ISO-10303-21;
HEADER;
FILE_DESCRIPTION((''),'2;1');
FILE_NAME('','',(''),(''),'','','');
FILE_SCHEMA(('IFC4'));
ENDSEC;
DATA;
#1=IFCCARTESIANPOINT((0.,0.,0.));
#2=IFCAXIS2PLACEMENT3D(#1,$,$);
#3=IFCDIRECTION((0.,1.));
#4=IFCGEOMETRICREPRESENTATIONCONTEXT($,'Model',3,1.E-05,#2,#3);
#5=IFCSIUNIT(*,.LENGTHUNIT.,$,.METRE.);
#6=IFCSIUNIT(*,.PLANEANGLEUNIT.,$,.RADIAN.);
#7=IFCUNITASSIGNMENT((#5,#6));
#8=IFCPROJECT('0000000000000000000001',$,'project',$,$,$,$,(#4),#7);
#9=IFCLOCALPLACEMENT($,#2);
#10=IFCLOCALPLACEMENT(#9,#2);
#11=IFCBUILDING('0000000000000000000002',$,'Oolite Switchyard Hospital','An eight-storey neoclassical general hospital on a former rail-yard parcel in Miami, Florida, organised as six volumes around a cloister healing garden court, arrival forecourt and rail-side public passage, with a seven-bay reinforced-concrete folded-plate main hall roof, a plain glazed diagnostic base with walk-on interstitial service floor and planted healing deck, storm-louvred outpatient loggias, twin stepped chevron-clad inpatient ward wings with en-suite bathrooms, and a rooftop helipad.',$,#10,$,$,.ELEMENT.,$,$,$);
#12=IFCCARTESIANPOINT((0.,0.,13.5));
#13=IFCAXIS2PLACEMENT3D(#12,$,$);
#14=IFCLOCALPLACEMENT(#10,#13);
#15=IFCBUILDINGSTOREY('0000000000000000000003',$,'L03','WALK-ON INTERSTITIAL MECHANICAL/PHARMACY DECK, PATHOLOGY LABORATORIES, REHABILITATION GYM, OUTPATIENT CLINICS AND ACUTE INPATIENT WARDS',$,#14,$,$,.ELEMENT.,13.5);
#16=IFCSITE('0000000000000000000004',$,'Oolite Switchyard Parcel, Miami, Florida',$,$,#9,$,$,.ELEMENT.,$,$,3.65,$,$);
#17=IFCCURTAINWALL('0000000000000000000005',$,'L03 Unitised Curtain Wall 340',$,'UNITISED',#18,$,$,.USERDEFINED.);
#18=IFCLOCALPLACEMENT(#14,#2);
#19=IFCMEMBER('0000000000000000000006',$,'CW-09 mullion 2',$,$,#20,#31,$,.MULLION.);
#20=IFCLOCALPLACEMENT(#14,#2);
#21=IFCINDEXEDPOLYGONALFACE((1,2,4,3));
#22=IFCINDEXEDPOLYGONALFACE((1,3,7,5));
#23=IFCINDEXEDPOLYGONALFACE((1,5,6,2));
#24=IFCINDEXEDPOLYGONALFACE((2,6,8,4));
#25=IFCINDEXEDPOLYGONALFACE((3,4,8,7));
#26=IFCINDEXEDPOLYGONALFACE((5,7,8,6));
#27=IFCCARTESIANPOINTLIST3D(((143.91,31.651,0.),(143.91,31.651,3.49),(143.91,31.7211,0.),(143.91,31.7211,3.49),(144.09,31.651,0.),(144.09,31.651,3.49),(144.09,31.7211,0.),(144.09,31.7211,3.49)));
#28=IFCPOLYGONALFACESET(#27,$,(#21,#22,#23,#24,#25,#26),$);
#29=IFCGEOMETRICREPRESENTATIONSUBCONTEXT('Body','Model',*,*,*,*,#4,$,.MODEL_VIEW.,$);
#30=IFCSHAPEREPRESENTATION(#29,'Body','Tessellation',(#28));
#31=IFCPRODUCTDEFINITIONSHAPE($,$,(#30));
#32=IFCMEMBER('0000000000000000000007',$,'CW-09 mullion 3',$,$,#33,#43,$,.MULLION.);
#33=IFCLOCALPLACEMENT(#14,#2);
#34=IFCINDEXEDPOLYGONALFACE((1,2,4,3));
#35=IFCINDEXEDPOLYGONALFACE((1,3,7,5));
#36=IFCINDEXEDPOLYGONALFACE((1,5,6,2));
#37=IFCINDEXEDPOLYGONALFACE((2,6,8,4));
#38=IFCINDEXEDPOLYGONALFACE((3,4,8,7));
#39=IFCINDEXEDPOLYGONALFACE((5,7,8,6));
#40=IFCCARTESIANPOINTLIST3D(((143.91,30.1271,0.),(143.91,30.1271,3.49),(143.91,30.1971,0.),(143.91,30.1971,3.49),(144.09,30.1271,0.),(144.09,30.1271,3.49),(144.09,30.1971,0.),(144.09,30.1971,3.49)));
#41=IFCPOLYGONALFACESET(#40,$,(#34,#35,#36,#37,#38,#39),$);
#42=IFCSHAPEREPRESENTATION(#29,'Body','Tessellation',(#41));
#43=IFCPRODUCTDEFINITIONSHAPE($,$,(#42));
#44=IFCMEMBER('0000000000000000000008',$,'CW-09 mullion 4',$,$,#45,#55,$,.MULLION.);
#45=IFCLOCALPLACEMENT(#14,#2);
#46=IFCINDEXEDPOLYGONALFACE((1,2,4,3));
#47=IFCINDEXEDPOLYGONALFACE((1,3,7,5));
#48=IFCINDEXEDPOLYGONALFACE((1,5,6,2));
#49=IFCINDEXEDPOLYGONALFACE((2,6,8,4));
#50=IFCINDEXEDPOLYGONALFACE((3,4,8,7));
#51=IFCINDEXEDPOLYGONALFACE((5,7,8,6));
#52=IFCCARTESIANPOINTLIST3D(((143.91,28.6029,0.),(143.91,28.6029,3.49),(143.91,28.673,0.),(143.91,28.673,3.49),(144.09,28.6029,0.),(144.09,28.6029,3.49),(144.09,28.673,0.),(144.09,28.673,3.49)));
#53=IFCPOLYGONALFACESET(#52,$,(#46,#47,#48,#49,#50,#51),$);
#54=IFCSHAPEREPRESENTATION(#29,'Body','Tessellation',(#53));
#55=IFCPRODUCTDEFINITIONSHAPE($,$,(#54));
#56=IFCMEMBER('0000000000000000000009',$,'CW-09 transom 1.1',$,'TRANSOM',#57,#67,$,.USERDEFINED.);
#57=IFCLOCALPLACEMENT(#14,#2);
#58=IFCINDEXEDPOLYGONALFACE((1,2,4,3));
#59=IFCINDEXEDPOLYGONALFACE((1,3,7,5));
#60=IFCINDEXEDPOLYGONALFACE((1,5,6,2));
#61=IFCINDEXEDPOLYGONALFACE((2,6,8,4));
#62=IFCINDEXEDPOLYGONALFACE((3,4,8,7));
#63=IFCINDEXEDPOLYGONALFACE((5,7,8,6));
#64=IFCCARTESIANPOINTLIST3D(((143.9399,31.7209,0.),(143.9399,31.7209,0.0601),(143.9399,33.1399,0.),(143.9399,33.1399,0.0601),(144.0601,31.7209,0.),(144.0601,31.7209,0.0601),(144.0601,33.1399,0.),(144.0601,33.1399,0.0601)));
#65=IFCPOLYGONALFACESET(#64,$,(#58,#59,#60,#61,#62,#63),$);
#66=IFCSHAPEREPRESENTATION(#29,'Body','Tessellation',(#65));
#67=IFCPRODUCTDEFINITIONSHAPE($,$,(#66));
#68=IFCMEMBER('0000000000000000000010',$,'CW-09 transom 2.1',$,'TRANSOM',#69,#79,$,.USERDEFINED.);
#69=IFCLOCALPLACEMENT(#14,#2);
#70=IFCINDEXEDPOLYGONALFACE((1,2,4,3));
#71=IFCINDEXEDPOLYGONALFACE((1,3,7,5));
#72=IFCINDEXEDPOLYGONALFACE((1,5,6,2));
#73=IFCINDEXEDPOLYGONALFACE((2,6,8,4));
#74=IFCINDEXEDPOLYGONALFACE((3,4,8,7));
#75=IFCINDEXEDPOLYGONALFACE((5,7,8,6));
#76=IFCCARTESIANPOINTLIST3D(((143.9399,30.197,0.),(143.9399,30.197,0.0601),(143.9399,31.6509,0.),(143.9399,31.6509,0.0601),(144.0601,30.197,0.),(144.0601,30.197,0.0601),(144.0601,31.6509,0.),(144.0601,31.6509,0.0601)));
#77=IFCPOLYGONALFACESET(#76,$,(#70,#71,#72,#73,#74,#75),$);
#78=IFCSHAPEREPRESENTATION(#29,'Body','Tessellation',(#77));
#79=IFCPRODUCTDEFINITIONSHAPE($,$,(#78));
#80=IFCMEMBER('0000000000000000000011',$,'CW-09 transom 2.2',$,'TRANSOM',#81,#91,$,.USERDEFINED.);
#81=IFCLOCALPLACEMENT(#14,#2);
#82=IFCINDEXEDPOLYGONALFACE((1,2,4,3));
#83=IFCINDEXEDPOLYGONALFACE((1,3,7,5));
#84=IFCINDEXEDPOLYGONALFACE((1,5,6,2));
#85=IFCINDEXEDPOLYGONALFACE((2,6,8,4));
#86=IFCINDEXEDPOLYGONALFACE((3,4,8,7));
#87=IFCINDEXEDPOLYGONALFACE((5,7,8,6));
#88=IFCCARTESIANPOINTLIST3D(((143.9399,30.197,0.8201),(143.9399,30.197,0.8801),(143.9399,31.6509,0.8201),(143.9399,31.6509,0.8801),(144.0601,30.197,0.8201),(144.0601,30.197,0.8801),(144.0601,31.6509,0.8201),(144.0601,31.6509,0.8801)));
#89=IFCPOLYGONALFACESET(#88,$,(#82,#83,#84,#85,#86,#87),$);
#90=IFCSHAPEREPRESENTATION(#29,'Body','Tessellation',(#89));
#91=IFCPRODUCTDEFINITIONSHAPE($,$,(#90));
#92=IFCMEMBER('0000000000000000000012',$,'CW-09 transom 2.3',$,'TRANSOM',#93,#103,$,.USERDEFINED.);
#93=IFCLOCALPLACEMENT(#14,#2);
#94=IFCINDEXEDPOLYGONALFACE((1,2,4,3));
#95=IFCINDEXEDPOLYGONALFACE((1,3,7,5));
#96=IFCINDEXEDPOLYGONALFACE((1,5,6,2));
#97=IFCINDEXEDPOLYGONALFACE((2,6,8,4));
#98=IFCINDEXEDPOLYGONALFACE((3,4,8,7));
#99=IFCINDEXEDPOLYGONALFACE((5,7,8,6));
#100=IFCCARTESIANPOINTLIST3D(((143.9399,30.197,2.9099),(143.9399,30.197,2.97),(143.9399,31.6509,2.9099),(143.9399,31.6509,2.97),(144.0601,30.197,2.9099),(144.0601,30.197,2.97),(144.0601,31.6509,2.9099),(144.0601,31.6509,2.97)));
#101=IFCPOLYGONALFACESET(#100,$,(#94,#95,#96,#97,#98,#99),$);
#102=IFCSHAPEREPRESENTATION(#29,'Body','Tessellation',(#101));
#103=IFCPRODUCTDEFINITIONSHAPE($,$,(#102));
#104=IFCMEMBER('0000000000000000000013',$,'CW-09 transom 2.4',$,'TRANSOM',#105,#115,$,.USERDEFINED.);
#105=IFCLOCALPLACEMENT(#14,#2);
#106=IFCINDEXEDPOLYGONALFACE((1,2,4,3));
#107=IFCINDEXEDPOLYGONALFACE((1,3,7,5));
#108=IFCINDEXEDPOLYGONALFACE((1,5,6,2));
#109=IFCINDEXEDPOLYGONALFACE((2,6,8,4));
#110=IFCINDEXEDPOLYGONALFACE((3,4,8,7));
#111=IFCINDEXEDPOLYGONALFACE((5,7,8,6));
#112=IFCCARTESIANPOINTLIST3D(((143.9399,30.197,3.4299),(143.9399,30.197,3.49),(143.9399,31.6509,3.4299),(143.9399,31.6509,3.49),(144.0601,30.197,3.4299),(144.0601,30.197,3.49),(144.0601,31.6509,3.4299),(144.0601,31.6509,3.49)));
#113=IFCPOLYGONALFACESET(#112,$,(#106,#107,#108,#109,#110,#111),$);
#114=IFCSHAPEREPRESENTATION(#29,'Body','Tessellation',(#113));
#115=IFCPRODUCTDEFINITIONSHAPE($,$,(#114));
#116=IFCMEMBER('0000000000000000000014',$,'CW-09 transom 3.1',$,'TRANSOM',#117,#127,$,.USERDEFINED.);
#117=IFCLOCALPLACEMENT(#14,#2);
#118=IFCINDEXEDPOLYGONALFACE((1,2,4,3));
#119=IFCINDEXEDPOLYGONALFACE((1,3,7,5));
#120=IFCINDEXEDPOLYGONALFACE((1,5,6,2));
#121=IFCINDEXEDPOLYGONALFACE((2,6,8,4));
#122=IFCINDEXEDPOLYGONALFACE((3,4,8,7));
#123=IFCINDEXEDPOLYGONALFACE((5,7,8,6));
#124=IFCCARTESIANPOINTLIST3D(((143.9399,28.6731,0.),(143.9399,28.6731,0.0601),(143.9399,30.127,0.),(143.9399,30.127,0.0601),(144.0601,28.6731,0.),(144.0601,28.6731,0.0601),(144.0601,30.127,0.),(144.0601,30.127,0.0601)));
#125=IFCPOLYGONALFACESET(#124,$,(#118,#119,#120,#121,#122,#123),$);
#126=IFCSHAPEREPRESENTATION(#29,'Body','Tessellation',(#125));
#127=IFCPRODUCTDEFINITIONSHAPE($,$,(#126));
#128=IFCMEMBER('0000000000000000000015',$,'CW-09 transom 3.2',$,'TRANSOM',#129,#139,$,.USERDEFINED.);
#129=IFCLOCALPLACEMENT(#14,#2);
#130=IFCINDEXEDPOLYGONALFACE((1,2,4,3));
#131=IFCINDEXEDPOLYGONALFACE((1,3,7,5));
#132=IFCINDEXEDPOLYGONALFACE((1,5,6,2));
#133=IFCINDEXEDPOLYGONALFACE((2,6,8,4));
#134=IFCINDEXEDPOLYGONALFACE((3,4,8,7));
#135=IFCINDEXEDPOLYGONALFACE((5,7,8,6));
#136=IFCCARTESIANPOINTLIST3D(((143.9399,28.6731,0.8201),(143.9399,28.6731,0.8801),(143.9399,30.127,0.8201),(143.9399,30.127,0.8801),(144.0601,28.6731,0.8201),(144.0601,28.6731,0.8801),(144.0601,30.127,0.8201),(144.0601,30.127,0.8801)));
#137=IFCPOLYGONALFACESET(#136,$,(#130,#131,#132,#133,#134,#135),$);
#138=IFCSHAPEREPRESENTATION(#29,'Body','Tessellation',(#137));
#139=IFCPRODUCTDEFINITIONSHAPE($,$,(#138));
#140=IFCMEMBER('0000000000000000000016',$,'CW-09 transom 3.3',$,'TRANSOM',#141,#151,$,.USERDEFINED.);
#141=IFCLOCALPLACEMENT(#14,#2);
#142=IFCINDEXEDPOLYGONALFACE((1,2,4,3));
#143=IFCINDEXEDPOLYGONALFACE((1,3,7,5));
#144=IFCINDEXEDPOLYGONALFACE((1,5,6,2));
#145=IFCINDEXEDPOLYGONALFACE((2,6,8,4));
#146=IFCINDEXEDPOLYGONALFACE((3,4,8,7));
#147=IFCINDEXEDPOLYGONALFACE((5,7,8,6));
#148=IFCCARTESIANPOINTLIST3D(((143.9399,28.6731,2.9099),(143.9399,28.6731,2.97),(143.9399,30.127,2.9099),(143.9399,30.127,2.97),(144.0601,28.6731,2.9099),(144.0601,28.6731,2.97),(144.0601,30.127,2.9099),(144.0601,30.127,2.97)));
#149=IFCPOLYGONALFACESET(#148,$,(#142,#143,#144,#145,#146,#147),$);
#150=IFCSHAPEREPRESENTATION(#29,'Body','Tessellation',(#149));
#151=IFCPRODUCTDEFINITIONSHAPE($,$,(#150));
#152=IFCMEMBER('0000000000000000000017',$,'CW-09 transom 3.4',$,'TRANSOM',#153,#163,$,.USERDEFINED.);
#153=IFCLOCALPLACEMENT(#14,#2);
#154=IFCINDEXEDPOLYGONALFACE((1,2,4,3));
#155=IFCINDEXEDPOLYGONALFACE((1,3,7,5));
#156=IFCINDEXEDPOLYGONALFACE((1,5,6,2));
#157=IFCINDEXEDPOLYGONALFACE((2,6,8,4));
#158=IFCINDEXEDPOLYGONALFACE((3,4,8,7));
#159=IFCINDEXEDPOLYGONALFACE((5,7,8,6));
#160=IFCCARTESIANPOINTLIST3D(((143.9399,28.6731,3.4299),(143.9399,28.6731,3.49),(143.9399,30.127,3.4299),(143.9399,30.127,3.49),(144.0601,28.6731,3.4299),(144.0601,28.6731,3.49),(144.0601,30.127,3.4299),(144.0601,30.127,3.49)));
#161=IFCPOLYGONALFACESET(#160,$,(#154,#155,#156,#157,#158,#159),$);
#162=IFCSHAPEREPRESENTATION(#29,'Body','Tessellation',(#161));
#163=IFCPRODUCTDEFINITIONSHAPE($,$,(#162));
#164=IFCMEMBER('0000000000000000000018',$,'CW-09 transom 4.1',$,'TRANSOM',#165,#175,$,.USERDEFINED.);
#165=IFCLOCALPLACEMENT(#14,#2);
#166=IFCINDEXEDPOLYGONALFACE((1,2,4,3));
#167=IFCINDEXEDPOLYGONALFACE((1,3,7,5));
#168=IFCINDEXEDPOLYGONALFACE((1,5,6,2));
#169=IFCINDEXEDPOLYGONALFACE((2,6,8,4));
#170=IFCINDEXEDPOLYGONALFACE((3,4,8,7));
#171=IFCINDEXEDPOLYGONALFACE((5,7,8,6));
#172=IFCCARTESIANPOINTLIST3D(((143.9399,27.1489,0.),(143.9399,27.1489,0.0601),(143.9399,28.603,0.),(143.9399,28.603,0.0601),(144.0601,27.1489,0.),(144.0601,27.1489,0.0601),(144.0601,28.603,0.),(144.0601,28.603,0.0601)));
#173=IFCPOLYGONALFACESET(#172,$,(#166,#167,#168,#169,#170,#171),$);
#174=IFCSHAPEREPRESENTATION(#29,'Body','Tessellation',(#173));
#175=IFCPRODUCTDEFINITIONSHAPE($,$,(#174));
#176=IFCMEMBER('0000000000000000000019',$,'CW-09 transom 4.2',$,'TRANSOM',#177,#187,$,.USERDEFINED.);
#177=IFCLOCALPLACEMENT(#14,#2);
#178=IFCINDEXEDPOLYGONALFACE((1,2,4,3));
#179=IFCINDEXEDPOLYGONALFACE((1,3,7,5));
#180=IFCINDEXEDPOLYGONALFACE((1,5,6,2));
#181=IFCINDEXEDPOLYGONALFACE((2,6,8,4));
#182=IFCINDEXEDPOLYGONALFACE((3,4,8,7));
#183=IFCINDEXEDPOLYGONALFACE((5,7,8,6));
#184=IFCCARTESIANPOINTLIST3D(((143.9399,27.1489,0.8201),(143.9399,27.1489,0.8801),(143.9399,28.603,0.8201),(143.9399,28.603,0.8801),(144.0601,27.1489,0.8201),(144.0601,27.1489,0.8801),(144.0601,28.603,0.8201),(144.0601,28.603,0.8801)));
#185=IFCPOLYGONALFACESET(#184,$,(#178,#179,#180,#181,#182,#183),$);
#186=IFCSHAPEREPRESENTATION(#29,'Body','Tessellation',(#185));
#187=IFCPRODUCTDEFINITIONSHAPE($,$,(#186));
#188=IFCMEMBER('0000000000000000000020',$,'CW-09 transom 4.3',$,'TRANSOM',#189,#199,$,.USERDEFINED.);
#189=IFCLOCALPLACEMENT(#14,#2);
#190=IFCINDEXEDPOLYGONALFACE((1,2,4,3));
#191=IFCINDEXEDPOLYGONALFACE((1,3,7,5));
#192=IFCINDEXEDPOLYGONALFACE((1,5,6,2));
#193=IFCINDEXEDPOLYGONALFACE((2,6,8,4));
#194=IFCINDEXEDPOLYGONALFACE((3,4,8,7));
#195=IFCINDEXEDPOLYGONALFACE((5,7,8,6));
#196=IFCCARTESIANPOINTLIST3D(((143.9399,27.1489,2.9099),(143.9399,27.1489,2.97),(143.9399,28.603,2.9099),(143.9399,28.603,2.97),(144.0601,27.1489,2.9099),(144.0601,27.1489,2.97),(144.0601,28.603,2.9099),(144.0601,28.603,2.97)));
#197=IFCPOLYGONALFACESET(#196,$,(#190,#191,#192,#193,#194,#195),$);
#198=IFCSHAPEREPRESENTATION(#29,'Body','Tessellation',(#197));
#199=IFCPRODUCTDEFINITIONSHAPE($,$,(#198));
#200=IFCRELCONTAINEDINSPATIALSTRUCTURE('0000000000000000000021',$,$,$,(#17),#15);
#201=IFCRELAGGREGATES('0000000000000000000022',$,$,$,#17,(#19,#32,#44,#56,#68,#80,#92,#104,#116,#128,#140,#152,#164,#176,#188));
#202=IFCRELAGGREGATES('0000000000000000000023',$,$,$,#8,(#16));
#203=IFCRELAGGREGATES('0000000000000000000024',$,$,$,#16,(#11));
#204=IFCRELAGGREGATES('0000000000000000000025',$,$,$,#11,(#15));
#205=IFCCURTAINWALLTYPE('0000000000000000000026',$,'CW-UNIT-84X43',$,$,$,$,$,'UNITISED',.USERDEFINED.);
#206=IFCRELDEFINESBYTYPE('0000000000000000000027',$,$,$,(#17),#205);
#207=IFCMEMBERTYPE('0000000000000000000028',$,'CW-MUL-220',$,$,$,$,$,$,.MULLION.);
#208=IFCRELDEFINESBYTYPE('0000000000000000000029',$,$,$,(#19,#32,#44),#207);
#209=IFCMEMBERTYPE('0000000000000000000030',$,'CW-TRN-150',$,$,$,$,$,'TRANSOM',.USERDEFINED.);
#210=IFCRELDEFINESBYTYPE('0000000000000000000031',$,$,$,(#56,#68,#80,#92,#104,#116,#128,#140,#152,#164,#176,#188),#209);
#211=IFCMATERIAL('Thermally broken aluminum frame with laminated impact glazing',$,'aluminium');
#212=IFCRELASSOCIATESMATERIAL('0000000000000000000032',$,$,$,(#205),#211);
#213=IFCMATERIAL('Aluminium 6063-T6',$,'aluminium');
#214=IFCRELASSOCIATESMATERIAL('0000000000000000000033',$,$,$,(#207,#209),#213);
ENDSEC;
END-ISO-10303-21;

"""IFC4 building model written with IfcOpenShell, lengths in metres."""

from ifc_helpers import new_model, si_unit, direction, frame, origin, origin_2d, place, context, subcontext, project, spatial, rectangle, extrude, material, material_profile, profile_set, type_object, element, aggregate, save


model = new_model("IFC4")

# Units and contexts
model_context = context("Model", 3, precision=1e-05, world=origin(), true_north=direction((0.0, 1.0)))
body_context = subcontext(model_context, "Body", "Model", "MODEL_VIEW")
ifc_project = project(units=[si_unit("LENGTHUNIT", "METRE"), si_unit("PLANEANGLEUNIT", "RADIAN")], contexts=[model_context])

# Site, building, storey
site_placement = place(None, origin())
site = spatial("IfcSite", under=ifc_project, at=site_placement, Name="Oolite Switchyard Parcel, Miami, Florida", CompositionType="ELEMENT", RefElevation=3.65)
building_placement = place(site_placement, origin())
building = spatial("IfcBuilding", under=site, at=building_placement, Name="Oolite Switchyard Hospital", Description="An eight-storey neoclassical general hospital on a former rail-yard parcel in Miami, Florida, organised as six volumes around a cloister healing garden court, arrival forecourt and rail-side public passage, with a seven-bay reinforced-concrete folded-plate main hall roof, a plain glazed diagnostic base with walk-on interstitial service floor and planted healing deck, storm-louvred outpatient loggias, twin stepped chevron-clad inpatient ward wings with en-suite bathrooms, and a rooftop helipad.", CompositionType="ELEMENT")
storey_placement = place(building_placement, frame((0.0, 0.0, 13.5)))
storey = spatial("IfcBuildingStorey", under=building, at=storey_placement, Name="L03", Description="WALK-ON INTERSTITIAL MECHANICAL/PHARMACY DECK, PATHOLOGY LABORATORIES, REHABILITATION GYM, OUTPATIENT CLINICS AND ACUTE INPATIENT WARDS", CompositionType="ELEMENT", Elevation=13.5)

# Curtain wall, members
ifc_material_1 = material(Name="Thermally broken aluminum frame with laminated impact glazing", Category="aluminium")
curtain_wall_type = type_object("IfcCurtainWallType", Name="CW-UNIT-84X43", ElementType="UNITISED", PredefinedType="USERDEFINED", material=ifc_material_1)
curtain_wall_placement = place(storey_placement, origin())
curtain_wall = element("IfcCurtainWall", 1, at=curtain_wall_placement, inside=storey, type_object=curtain_wall_type, Name="L03 Unitised Curtain Wall 340", ObjectType="UNITISED", PredefinedType="USERDEFINED")
ifc_material_2 = material(Name="Aluminium 6063-T6", Category="aluminium")
ifc_material_profile_1 = material_profile(ifc_material_2, rectangle(XDim=0.1799, YDim=0.0701, at=origin_2d()), Name="CWM70X180")
ifc_profile_set_1 = profile_set([ifc_material_profile_1], Name="Aluminium 6063-T6")
member_type_1 = type_object("IfcMemberType", Name="CW-MUL-220", PredefinedType="MULLION", material=ifc_profile_set_1)
member_1_placement = place(storey_placement, frame((144.0, 31.686, 0.0), z_axis=(0.0, 0.0, 1.0), x_axis=(1.0, 0.0, 0.0)))
member_1 = element("IfcMember", 2, at=member_1_placement, type_object=member_type_1, Name="CW-09 mullion 2", PredefinedType="MULLION", context=body_context, shape_type="SweptSolid", body=[
    extrude(rectangle(XDim=0.1799, YDim=0.0701, at=origin_2d()), origin(), (0.0, 0.0, 1.0), 3.49),
])
member_2_placement = place(storey_placement, frame((144.0, 30.1621, 0.0), z_axis=(0.0, 0.0, 1.0), x_axis=(1.0, 0.0, 0.0)))
member_2 = element("IfcMember", 3, at=member_2_placement, type_object=member_type_1, Name="CW-09 mullion 3", PredefinedType="MULLION", context=body_context, shape_type="SweptSolid", body=[
    extrude(rectangle(XDim=0.1799, YDim=0.0701, at=origin_2d()), origin(), (0.0, 0.0, 1.0), 3.49),
])
member_3_placement = place(storey_placement, frame((144.0, 28.6379, 0.0), z_axis=(0.0, 0.0, 1.0), x_axis=(1.0, 0.0, 0.0)))
member_3 = element("IfcMember", 4, at=member_3_placement, type_object=member_type_1, Name="CW-09 mullion 4", PredefinedType="MULLION", context=body_context, shape_type="SweptSolid", body=[
    extrude(rectangle(XDim=0.1799, YDim=0.0701, at=origin_2d()), origin(), (0.0, 0.0, 1.0), 3.49),
])
ifc_material_profile_2 = material_profile(ifc_material_2, rectangle(XDim=0.1201, YDim=0.0601, at=origin_2d()), Name="CWT60X120")
ifc_profile_set_2 = profile_set([ifc_material_profile_2], Name="Aluminium 6063-T6")
member_type_2 = type_object("IfcMemberType", Name="CW-TRN-150", ElementType="TRANSOM", PredefinedType="USERDEFINED", material=ifc_profile_set_2)
member_4_placement = place(storey_placement, frame((144.0, 33.1399, 0.03), z_axis=(0.0, -1.0, 0.0), x_axis=(1.0, 0.0, 0.0)))
member_4 = element("IfcMember", 5, at=member_4_placement, type_object=member_type_2, Name="CW-09 transom 1.1", ObjectType="TRANSOM", PredefinedType="USERDEFINED", context=body_context, shape_type="SweptSolid", body=[
    extrude(rectangle(XDim=0.1201, YDim=0.0601, at=origin_2d()), origin(), (0.0, 0.0, 1.0), 1.4189),
])
member_5_placement = place(storey_placement, frame((144.0, 31.6509, 0.03), z_axis=(0.0, -1.0, 0.0), x_axis=(1.0, 0.0, 0.0)))
member_5 = element("IfcMember", 6, at=member_5_placement, type_object=member_type_2, Name="CW-09 transom 2.1", ObjectType="TRANSOM", PredefinedType="USERDEFINED", context=body_context, shape_type="SweptSolid", body=[
    extrude(rectangle(XDim=0.1201, YDim=0.0601, at=origin_2d()), origin(), (0.0, 0.0, 1.0), 1.4539),
])
member_6_placement = place(storey_placement, frame((144.0, 31.6509, 0.8501), z_axis=(0.0, -1.0, 0.0), x_axis=(1.0, 0.0, 0.0)))
member_6 = element("IfcMember", 7, at=member_6_placement, type_object=member_type_2, Name="CW-09 transom 2.2", ObjectType="TRANSOM", PredefinedType="USERDEFINED", context=body_context, shape_type="SweptSolid", body=[
    extrude(rectangle(XDim=0.1201, YDim=0.0601, at=origin_2d()), origin(), (0.0, 0.0, 1.0), 1.4539),
])
member_7_placement = place(storey_placement, frame((144.0, 31.6509, 2.9399), z_axis=(0.0, -1.0, 0.0), x_axis=(1.0, 0.0, 0.0)))
member_7 = element("IfcMember", 8, at=member_7_placement, type_object=member_type_2, Name="CW-09 transom 2.3", ObjectType="TRANSOM", PredefinedType="USERDEFINED", context=body_context, shape_type="SweptSolid", body=[
    extrude(rectangle(XDim=0.1201, YDim=0.0601, at=origin_2d()), origin(), (0.0, 0.0, 1.0), 1.4539),
])
member_8_placement = place(storey_placement, frame((144.0, 31.6509, 3.46), z_axis=(0.0, -1.0, 0.0), x_axis=(1.0, 0.0, 0.0)))
member_8 = element("IfcMember", 9, at=member_8_placement, type_object=member_type_2, Name="CW-09 transom 2.4", ObjectType="TRANSOM", PredefinedType="USERDEFINED", context=body_context, shape_type="SweptSolid", body=[
    extrude(rectangle(XDim=0.1201, YDim=0.0601, at=origin_2d()), origin(), (0.0, 0.0, 1.0), 1.4539),
])
member_9_placement = place(storey_placement, frame((144.0, 30.127, 0.03), z_axis=(0.0, -1.0, 0.0), x_axis=(1.0, 0.0, 0.0)))
member_9 = element("IfcMember", 10, at=member_9_placement, type_object=member_type_2, Name="CW-09 transom 3.1", ObjectType="TRANSOM", PredefinedType="USERDEFINED", context=body_context, shape_type="SweptSolid", body=[
    extrude(rectangle(XDim=0.1201, YDim=0.0601, at=origin_2d()), origin(), (0.0, 0.0, 1.0), 1.4539),
])
member_10_placement = place(storey_placement, frame((144.0, 30.127, 0.8501), z_axis=(0.0, -1.0, 0.0), x_axis=(1.0, 0.0, 0.0)))
member_10 = element("IfcMember", 11, at=member_10_placement, type_object=member_type_2, Name="CW-09 transom 3.2", ObjectType="TRANSOM", PredefinedType="USERDEFINED", context=body_context, shape_type="SweptSolid", body=[
    extrude(rectangle(XDim=0.1201, YDim=0.0601, at=origin_2d()), origin(), (0.0, 0.0, 1.0), 1.4539),
])
member_11_placement = place(storey_placement, frame((144.0, 30.127, 2.9399), z_axis=(0.0, -1.0, 0.0), x_axis=(1.0, 0.0, 0.0)))
member_11 = element("IfcMember", 12, at=member_11_placement, type_object=member_type_2, Name="CW-09 transom 3.3", ObjectType="TRANSOM", PredefinedType="USERDEFINED", context=body_context, shape_type="SweptSolid", body=[
    extrude(rectangle(XDim=0.1201, YDim=0.0601, at=origin_2d()), origin(), (0.0, 0.0, 1.0), 1.4539),
])
member_12_placement = place(storey_placement, frame((144.0, 30.127, 3.46), z_axis=(0.0, -1.0, 0.0), x_axis=(1.0, 0.0, 0.0)))
member_12 = element("IfcMember", 13, at=member_12_placement, type_object=member_type_2, Name="CW-09 transom 3.4", ObjectType="TRANSOM", PredefinedType="USERDEFINED", context=body_context, shape_type="SweptSolid", body=[
    extrude(rectangle(XDim=0.1201, YDim=0.0601, at=origin_2d()), origin(), (0.0, 0.0, 1.0), 1.4539),
])
member_13_placement = place(storey_placement, frame((144.0, 28.603, 0.03), z_axis=(0.0, -1.0, 0.0), x_axis=(1.0, 0.0, 0.0)))
member_13 = element("IfcMember", 14, at=member_13_placement, type_object=member_type_2, Name="CW-09 transom 4.1", ObjectType="TRANSOM", PredefinedType="USERDEFINED", context=body_context, shape_type="SweptSolid", body=[
    extrude(rectangle(XDim=0.1201, YDim=0.0601, at=origin_2d()), origin(), (0.0, 0.0, 1.0), 1.4541),
])
member_14_placement = place(storey_placement, frame((144.0, 28.603, 0.8501), z_axis=(0.0, -1.0, 0.0), x_axis=(1.0, 0.0, 0.0)))
member_14 = element("IfcMember", 15, at=member_14_placement, type_object=member_type_2, Name="CW-09 transom 4.2", ObjectType="TRANSOM", PredefinedType="USERDEFINED", context=body_context, shape_type="SweptSolid", body=[
    extrude(rectangle(XDim=0.1201, YDim=0.0601, at=origin_2d()), origin(), (0.0, 0.0, 1.0), 1.4541),
])
member_15_placement = place(storey_placement, frame((144.0, 28.603, 2.9399), z_axis=(0.0, -1.0, 0.0), x_axis=(1.0, 0.0, 0.0)))
member_15 = element("IfcMember", 16, at=member_15_placement, type_object=member_type_2, Name="CW-09 transom 4.3", ObjectType="TRANSOM", PredefinedType="USERDEFINED", context=body_context, shape_type="SweptSolid", body=[
    extrude(rectangle(XDim=0.1201, YDim=0.0601, at=origin_2d()), origin(), (0.0, 0.0, 1.0), 1.4541),
])
aggregate(curtain_wall, [member_1, member_2, member_3, member_4, member_5, member_6, member_7, member_8, member_9, member_10, member_11, member_12, member_13, member_14, member_15])

save(model, "model.ifc")
